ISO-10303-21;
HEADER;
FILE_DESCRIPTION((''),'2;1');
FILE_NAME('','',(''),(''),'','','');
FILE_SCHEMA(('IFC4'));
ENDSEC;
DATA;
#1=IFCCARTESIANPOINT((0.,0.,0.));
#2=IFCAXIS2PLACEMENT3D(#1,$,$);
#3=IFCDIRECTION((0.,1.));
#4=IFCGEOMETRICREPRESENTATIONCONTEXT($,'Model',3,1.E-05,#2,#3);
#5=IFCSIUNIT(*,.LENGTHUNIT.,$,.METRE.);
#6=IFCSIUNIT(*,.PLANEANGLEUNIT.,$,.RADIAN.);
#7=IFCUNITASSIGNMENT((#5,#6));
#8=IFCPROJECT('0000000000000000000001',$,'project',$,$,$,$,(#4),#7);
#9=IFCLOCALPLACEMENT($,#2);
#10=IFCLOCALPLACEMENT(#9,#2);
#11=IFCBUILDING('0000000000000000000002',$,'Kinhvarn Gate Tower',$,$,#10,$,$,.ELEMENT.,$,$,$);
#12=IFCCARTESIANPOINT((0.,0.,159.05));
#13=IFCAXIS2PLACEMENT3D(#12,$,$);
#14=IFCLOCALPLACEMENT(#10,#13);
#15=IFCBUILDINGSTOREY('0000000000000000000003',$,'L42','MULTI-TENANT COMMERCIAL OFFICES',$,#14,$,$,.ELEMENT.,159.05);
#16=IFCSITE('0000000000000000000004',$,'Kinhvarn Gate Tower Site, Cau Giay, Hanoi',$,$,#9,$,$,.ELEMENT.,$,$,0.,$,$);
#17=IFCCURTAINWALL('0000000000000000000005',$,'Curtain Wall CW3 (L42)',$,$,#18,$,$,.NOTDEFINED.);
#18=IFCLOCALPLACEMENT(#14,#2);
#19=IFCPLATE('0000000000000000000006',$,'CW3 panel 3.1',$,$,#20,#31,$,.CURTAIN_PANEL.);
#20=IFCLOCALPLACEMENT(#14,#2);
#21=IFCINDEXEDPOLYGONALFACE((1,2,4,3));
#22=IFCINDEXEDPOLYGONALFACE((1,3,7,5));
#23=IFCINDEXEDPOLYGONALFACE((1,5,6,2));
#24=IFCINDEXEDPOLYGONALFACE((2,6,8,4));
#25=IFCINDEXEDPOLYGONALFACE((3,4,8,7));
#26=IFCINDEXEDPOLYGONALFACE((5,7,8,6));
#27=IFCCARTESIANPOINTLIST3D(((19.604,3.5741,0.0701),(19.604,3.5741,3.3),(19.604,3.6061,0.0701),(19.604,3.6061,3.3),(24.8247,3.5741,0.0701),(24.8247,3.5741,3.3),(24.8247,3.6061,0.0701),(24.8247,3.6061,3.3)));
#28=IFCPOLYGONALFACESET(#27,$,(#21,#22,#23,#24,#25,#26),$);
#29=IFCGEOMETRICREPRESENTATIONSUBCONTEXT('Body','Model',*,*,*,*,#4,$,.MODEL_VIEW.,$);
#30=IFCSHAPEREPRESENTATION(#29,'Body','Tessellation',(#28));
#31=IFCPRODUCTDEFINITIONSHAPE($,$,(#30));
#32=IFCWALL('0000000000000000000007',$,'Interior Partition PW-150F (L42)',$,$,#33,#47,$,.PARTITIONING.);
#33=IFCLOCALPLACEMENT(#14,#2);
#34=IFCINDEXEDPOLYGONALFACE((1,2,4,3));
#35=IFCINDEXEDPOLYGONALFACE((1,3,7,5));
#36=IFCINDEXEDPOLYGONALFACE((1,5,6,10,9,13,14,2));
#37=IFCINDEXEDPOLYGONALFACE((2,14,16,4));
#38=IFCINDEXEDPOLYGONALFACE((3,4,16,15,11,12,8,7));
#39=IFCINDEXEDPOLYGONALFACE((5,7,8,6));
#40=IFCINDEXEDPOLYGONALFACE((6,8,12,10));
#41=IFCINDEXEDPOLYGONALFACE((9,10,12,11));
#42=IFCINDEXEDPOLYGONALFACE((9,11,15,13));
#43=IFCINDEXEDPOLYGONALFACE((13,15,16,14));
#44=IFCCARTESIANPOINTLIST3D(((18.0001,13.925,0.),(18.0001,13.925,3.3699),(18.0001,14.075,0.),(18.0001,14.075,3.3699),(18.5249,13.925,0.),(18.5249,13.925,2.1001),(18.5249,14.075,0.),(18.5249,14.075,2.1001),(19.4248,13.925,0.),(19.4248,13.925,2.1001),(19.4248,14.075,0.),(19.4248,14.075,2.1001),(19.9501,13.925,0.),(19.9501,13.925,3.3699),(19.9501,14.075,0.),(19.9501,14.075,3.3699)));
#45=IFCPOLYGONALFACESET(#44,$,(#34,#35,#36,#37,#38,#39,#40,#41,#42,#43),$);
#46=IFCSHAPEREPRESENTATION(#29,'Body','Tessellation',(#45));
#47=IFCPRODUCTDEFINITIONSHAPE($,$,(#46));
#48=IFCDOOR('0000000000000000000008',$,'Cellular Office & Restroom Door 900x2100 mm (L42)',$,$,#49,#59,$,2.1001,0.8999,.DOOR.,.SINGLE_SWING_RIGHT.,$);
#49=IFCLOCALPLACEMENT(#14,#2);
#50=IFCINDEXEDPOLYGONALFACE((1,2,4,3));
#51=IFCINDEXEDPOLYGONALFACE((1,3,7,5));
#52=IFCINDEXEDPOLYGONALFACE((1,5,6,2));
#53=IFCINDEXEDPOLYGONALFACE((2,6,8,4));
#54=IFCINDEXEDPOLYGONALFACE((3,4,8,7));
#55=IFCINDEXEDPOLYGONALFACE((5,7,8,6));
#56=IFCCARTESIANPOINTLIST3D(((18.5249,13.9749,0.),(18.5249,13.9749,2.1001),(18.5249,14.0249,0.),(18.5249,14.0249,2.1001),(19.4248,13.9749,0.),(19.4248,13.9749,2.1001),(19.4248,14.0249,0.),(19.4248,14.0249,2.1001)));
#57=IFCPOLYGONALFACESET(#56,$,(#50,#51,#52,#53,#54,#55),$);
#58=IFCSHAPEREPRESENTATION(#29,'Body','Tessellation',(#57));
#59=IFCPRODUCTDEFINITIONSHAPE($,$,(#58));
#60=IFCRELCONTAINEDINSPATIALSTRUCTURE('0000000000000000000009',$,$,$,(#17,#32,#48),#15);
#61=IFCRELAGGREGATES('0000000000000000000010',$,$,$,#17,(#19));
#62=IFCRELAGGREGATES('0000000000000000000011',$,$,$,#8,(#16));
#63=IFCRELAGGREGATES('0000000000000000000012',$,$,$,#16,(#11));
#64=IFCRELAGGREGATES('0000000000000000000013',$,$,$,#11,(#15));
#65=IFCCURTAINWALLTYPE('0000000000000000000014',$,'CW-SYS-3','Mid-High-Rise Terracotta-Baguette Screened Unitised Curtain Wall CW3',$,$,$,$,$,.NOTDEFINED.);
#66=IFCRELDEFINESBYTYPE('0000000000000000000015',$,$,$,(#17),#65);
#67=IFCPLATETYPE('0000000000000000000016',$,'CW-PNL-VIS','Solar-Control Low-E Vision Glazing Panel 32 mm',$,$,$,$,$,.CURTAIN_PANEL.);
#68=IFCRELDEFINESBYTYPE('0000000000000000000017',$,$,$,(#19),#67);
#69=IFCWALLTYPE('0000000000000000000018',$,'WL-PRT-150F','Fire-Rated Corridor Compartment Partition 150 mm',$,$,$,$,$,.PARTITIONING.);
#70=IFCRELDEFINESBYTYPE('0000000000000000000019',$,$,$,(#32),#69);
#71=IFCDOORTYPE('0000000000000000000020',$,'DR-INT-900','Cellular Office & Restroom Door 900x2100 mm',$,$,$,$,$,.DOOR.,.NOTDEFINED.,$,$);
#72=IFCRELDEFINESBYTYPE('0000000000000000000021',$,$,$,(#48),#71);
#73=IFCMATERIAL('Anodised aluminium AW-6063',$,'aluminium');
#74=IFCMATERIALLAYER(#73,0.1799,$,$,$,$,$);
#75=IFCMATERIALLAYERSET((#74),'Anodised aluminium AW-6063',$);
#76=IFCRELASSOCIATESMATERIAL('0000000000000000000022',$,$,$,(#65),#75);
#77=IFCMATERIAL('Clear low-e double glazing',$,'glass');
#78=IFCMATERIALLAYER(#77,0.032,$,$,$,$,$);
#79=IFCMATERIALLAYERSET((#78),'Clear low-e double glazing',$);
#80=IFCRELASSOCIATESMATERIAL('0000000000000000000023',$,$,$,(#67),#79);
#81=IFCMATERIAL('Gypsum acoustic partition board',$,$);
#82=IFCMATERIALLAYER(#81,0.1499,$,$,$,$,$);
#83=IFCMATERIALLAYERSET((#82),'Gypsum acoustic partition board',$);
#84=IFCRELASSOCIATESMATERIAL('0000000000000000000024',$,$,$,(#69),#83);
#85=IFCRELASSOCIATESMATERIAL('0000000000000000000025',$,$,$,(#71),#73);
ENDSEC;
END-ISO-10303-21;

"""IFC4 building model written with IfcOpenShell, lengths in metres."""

from ifc_helpers import new_model, si_unit, direction, frame, frame_2d, origin, origin_2d, place, context, subcontext, project, spatial, rectangle, extrude, material, layer, layer_set, type_object, element, fill, aggregate, save


model = new_model("IFC4")

# Units and contexts
model_context = context("Model", 3, precision=1e-05, world=origin(), true_north=direction((0.0, 1.0)))
body_context = subcontext(model_context, "Body", "Model", "MODEL_VIEW")
ifc_project = project(units=[si_unit("LENGTHUNIT", "METRE"), si_unit("PLANEANGLEUNIT", "RADIAN")], contexts=[model_context])

# Site, building, storey
site_placement = place(None, origin())
site = spatial("IfcSite", under=ifc_project, at=site_placement, Name="Kinhvarn Gate Tower Site, Cau Giay, Hanoi", CompositionType="ELEMENT", RefElevation=0.0)
building_placement = place(site_placement, origin())
building = spatial("IfcBuilding", under=site, at=building_placement, Name="Kinhvarn Gate Tower", CompositionType="ELEMENT")
storey_placement = place(building_placement, frame((0.0, 0.0, 159.05)))
storey = spatial("IfcBuildingStorey", under=building, at=storey_placement, Name="L42", Description="MULTI-TENANT COMMERCIAL OFFICES", CompositionType="ELEMENT", Elevation=159.05)

# Curtain wall
ifc_material_1 = material(Name="Anodised aluminium AW-6063", Category="aluminium")
ifc_layer_1 = layer(ifc_material_1, 0.1799)
ifc_layer_set_1 = layer_set([ifc_layer_1], Name="Anodised aluminium AW-6063")
curtain_wall_type = type_object("IfcCurtainWallType", Name="CW-SYS-3", Description="Mid-High-Rise Terracotta-Baguette Screened Unitised Curtain Wall CW3", PredefinedType="NOTDEFINED", material=ifc_layer_set_1)
curtain_wall_placement = place(storey_placement, origin())
curtain_wall = element("IfcCurtainWall", 1, at=curtain_wall_placement, inside=storey, type_object=curtain_wall_type, Name="Curtain Wall CW3 (L42)", PredefinedType="NOTDEFINED")

# Plate
ifc_material_2 = material(Name="Clear low-e double glazing", Category="glass")
ifc_layer_2 = layer(ifc_material_2, 0.032)
ifc_layer_set_2 = layer_set([ifc_layer_2], Name="Clear low-e double glazing")
plate_type = type_object("IfcPlateType", Name="CW-PNL-VIS", Description="Solar-Control Low-E Vision Glazing Panel 32 mm", PredefinedType="CURTAIN_PANEL", material=ifc_layer_set_2)
plate_1_placement = place(storey_placement, frame((22.2144, 3.5901, 0.0701), z_axis=(0.0, 0.0, 1.0), x_axis=(1.0, 0.0, 0.0)))
plate_1 = element("IfcPlate", 2, at=plate_1_placement, type_object=plate_type, Name="CW3 panel 3.1", PredefinedType="CURTAIN_PANEL", context=body_context, shape_type="SweptSolid", body=[
    extrude(rectangle(XDim=5.2207, YDim=0.032, at=origin_2d()), origin(), (0.0, 0.0, 1.0), 3.23),
])
aggregate(curtain_wall, [plate_1])

# Wall, opening, door
ifc_material_3 = material(Name="Gypsum acoustic partition board")
ifc_layer_3 = layer(ifc_material_3, 0.1499)
ifc_layer_set_3 = layer_set([ifc_layer_3], Name="Gypsum acoustic partition board")
wall_type = type_object("IfcWallType", Name="WL-PRT-150F", Description="Fire-Rated Corridor Compartment Partition 150 mm", PredefinedType="PARTITIONING", material=ifc_layer_set_3)
wall_placement = place(storey_placement, frame((18.0, 14.0, 0.0), z_axis=(0.0, 0.0, 1.0), x_axis=(1.0, 0.0, 0.0)))
wall = element("IfcWall", 3, at=wall_placement, inside=storey, type_object=wall_type, Name="Interior Partition PW-150F (L42)", PredefinedType="PARTITIONING", context=body_context, shape_type="SweptSolid", body=[
    extrude(rectangle(XDim=1.95, YDim=0.1499, at=frame_2d((0.9751, 0.0))), origin(), (0.0, 0.0, 1.0), 3.3699),
])
opening_placement = place(wall_placement, frame((0.5249, 0.0, 0.0)))
opening = element("IfcOpeningElement", 4, at=opening_placement, cuts=wall, PredefinedType="OPENING", context=body_context, shape_type="SweptSolid", body=[
    extrude(rectangle(XDim=0.8999, YDim=2.1001, at=frame_2d((0.45, 1.05))), frame((0.0, 0.085, 0.0), z_axis=(0.0, -1.0, 0.0), x_axis=(1.0, 0.0, 0.0)), (0.0, 0.0, 1.0), 0.1699),
])
door_type = type_object("IfcDoorType", Name="DR-INT-900", Description="Cellular Office & Restroom Door 900x2100 mm", OperationType="NOTDEFINED", PredefinedType="DOOR", material=ifc_material_1)
door_placement = place(opening_placement, origin())
door = element("IfcDoor", 5, at=door_placement, inside=storey, type_object=door_type, Name="Cellular Office & Restroom Door 900x2100 mm (L42)", OperationType="SINGLE_SWING_RIGHT", OverallHeight=2.1001, OverallWidth=0.8999, PredefinedType="DOOR", context=body_context, shape_type="SweptSolid", body=[
    extrude(rectangle(XDim=0.8999, YDim=2.1001, at=frame_2d((0.45, 1.05))), frame((0.0, 0.0249, 0.0), z_axis=(0.0, -1.0, 0.0), x_axis=(1.0, 0.0, 0.0)), (0.0, 0.0, 1.0), 0.05),
])
fill(opening, door)

save(model, "model.ifc")
